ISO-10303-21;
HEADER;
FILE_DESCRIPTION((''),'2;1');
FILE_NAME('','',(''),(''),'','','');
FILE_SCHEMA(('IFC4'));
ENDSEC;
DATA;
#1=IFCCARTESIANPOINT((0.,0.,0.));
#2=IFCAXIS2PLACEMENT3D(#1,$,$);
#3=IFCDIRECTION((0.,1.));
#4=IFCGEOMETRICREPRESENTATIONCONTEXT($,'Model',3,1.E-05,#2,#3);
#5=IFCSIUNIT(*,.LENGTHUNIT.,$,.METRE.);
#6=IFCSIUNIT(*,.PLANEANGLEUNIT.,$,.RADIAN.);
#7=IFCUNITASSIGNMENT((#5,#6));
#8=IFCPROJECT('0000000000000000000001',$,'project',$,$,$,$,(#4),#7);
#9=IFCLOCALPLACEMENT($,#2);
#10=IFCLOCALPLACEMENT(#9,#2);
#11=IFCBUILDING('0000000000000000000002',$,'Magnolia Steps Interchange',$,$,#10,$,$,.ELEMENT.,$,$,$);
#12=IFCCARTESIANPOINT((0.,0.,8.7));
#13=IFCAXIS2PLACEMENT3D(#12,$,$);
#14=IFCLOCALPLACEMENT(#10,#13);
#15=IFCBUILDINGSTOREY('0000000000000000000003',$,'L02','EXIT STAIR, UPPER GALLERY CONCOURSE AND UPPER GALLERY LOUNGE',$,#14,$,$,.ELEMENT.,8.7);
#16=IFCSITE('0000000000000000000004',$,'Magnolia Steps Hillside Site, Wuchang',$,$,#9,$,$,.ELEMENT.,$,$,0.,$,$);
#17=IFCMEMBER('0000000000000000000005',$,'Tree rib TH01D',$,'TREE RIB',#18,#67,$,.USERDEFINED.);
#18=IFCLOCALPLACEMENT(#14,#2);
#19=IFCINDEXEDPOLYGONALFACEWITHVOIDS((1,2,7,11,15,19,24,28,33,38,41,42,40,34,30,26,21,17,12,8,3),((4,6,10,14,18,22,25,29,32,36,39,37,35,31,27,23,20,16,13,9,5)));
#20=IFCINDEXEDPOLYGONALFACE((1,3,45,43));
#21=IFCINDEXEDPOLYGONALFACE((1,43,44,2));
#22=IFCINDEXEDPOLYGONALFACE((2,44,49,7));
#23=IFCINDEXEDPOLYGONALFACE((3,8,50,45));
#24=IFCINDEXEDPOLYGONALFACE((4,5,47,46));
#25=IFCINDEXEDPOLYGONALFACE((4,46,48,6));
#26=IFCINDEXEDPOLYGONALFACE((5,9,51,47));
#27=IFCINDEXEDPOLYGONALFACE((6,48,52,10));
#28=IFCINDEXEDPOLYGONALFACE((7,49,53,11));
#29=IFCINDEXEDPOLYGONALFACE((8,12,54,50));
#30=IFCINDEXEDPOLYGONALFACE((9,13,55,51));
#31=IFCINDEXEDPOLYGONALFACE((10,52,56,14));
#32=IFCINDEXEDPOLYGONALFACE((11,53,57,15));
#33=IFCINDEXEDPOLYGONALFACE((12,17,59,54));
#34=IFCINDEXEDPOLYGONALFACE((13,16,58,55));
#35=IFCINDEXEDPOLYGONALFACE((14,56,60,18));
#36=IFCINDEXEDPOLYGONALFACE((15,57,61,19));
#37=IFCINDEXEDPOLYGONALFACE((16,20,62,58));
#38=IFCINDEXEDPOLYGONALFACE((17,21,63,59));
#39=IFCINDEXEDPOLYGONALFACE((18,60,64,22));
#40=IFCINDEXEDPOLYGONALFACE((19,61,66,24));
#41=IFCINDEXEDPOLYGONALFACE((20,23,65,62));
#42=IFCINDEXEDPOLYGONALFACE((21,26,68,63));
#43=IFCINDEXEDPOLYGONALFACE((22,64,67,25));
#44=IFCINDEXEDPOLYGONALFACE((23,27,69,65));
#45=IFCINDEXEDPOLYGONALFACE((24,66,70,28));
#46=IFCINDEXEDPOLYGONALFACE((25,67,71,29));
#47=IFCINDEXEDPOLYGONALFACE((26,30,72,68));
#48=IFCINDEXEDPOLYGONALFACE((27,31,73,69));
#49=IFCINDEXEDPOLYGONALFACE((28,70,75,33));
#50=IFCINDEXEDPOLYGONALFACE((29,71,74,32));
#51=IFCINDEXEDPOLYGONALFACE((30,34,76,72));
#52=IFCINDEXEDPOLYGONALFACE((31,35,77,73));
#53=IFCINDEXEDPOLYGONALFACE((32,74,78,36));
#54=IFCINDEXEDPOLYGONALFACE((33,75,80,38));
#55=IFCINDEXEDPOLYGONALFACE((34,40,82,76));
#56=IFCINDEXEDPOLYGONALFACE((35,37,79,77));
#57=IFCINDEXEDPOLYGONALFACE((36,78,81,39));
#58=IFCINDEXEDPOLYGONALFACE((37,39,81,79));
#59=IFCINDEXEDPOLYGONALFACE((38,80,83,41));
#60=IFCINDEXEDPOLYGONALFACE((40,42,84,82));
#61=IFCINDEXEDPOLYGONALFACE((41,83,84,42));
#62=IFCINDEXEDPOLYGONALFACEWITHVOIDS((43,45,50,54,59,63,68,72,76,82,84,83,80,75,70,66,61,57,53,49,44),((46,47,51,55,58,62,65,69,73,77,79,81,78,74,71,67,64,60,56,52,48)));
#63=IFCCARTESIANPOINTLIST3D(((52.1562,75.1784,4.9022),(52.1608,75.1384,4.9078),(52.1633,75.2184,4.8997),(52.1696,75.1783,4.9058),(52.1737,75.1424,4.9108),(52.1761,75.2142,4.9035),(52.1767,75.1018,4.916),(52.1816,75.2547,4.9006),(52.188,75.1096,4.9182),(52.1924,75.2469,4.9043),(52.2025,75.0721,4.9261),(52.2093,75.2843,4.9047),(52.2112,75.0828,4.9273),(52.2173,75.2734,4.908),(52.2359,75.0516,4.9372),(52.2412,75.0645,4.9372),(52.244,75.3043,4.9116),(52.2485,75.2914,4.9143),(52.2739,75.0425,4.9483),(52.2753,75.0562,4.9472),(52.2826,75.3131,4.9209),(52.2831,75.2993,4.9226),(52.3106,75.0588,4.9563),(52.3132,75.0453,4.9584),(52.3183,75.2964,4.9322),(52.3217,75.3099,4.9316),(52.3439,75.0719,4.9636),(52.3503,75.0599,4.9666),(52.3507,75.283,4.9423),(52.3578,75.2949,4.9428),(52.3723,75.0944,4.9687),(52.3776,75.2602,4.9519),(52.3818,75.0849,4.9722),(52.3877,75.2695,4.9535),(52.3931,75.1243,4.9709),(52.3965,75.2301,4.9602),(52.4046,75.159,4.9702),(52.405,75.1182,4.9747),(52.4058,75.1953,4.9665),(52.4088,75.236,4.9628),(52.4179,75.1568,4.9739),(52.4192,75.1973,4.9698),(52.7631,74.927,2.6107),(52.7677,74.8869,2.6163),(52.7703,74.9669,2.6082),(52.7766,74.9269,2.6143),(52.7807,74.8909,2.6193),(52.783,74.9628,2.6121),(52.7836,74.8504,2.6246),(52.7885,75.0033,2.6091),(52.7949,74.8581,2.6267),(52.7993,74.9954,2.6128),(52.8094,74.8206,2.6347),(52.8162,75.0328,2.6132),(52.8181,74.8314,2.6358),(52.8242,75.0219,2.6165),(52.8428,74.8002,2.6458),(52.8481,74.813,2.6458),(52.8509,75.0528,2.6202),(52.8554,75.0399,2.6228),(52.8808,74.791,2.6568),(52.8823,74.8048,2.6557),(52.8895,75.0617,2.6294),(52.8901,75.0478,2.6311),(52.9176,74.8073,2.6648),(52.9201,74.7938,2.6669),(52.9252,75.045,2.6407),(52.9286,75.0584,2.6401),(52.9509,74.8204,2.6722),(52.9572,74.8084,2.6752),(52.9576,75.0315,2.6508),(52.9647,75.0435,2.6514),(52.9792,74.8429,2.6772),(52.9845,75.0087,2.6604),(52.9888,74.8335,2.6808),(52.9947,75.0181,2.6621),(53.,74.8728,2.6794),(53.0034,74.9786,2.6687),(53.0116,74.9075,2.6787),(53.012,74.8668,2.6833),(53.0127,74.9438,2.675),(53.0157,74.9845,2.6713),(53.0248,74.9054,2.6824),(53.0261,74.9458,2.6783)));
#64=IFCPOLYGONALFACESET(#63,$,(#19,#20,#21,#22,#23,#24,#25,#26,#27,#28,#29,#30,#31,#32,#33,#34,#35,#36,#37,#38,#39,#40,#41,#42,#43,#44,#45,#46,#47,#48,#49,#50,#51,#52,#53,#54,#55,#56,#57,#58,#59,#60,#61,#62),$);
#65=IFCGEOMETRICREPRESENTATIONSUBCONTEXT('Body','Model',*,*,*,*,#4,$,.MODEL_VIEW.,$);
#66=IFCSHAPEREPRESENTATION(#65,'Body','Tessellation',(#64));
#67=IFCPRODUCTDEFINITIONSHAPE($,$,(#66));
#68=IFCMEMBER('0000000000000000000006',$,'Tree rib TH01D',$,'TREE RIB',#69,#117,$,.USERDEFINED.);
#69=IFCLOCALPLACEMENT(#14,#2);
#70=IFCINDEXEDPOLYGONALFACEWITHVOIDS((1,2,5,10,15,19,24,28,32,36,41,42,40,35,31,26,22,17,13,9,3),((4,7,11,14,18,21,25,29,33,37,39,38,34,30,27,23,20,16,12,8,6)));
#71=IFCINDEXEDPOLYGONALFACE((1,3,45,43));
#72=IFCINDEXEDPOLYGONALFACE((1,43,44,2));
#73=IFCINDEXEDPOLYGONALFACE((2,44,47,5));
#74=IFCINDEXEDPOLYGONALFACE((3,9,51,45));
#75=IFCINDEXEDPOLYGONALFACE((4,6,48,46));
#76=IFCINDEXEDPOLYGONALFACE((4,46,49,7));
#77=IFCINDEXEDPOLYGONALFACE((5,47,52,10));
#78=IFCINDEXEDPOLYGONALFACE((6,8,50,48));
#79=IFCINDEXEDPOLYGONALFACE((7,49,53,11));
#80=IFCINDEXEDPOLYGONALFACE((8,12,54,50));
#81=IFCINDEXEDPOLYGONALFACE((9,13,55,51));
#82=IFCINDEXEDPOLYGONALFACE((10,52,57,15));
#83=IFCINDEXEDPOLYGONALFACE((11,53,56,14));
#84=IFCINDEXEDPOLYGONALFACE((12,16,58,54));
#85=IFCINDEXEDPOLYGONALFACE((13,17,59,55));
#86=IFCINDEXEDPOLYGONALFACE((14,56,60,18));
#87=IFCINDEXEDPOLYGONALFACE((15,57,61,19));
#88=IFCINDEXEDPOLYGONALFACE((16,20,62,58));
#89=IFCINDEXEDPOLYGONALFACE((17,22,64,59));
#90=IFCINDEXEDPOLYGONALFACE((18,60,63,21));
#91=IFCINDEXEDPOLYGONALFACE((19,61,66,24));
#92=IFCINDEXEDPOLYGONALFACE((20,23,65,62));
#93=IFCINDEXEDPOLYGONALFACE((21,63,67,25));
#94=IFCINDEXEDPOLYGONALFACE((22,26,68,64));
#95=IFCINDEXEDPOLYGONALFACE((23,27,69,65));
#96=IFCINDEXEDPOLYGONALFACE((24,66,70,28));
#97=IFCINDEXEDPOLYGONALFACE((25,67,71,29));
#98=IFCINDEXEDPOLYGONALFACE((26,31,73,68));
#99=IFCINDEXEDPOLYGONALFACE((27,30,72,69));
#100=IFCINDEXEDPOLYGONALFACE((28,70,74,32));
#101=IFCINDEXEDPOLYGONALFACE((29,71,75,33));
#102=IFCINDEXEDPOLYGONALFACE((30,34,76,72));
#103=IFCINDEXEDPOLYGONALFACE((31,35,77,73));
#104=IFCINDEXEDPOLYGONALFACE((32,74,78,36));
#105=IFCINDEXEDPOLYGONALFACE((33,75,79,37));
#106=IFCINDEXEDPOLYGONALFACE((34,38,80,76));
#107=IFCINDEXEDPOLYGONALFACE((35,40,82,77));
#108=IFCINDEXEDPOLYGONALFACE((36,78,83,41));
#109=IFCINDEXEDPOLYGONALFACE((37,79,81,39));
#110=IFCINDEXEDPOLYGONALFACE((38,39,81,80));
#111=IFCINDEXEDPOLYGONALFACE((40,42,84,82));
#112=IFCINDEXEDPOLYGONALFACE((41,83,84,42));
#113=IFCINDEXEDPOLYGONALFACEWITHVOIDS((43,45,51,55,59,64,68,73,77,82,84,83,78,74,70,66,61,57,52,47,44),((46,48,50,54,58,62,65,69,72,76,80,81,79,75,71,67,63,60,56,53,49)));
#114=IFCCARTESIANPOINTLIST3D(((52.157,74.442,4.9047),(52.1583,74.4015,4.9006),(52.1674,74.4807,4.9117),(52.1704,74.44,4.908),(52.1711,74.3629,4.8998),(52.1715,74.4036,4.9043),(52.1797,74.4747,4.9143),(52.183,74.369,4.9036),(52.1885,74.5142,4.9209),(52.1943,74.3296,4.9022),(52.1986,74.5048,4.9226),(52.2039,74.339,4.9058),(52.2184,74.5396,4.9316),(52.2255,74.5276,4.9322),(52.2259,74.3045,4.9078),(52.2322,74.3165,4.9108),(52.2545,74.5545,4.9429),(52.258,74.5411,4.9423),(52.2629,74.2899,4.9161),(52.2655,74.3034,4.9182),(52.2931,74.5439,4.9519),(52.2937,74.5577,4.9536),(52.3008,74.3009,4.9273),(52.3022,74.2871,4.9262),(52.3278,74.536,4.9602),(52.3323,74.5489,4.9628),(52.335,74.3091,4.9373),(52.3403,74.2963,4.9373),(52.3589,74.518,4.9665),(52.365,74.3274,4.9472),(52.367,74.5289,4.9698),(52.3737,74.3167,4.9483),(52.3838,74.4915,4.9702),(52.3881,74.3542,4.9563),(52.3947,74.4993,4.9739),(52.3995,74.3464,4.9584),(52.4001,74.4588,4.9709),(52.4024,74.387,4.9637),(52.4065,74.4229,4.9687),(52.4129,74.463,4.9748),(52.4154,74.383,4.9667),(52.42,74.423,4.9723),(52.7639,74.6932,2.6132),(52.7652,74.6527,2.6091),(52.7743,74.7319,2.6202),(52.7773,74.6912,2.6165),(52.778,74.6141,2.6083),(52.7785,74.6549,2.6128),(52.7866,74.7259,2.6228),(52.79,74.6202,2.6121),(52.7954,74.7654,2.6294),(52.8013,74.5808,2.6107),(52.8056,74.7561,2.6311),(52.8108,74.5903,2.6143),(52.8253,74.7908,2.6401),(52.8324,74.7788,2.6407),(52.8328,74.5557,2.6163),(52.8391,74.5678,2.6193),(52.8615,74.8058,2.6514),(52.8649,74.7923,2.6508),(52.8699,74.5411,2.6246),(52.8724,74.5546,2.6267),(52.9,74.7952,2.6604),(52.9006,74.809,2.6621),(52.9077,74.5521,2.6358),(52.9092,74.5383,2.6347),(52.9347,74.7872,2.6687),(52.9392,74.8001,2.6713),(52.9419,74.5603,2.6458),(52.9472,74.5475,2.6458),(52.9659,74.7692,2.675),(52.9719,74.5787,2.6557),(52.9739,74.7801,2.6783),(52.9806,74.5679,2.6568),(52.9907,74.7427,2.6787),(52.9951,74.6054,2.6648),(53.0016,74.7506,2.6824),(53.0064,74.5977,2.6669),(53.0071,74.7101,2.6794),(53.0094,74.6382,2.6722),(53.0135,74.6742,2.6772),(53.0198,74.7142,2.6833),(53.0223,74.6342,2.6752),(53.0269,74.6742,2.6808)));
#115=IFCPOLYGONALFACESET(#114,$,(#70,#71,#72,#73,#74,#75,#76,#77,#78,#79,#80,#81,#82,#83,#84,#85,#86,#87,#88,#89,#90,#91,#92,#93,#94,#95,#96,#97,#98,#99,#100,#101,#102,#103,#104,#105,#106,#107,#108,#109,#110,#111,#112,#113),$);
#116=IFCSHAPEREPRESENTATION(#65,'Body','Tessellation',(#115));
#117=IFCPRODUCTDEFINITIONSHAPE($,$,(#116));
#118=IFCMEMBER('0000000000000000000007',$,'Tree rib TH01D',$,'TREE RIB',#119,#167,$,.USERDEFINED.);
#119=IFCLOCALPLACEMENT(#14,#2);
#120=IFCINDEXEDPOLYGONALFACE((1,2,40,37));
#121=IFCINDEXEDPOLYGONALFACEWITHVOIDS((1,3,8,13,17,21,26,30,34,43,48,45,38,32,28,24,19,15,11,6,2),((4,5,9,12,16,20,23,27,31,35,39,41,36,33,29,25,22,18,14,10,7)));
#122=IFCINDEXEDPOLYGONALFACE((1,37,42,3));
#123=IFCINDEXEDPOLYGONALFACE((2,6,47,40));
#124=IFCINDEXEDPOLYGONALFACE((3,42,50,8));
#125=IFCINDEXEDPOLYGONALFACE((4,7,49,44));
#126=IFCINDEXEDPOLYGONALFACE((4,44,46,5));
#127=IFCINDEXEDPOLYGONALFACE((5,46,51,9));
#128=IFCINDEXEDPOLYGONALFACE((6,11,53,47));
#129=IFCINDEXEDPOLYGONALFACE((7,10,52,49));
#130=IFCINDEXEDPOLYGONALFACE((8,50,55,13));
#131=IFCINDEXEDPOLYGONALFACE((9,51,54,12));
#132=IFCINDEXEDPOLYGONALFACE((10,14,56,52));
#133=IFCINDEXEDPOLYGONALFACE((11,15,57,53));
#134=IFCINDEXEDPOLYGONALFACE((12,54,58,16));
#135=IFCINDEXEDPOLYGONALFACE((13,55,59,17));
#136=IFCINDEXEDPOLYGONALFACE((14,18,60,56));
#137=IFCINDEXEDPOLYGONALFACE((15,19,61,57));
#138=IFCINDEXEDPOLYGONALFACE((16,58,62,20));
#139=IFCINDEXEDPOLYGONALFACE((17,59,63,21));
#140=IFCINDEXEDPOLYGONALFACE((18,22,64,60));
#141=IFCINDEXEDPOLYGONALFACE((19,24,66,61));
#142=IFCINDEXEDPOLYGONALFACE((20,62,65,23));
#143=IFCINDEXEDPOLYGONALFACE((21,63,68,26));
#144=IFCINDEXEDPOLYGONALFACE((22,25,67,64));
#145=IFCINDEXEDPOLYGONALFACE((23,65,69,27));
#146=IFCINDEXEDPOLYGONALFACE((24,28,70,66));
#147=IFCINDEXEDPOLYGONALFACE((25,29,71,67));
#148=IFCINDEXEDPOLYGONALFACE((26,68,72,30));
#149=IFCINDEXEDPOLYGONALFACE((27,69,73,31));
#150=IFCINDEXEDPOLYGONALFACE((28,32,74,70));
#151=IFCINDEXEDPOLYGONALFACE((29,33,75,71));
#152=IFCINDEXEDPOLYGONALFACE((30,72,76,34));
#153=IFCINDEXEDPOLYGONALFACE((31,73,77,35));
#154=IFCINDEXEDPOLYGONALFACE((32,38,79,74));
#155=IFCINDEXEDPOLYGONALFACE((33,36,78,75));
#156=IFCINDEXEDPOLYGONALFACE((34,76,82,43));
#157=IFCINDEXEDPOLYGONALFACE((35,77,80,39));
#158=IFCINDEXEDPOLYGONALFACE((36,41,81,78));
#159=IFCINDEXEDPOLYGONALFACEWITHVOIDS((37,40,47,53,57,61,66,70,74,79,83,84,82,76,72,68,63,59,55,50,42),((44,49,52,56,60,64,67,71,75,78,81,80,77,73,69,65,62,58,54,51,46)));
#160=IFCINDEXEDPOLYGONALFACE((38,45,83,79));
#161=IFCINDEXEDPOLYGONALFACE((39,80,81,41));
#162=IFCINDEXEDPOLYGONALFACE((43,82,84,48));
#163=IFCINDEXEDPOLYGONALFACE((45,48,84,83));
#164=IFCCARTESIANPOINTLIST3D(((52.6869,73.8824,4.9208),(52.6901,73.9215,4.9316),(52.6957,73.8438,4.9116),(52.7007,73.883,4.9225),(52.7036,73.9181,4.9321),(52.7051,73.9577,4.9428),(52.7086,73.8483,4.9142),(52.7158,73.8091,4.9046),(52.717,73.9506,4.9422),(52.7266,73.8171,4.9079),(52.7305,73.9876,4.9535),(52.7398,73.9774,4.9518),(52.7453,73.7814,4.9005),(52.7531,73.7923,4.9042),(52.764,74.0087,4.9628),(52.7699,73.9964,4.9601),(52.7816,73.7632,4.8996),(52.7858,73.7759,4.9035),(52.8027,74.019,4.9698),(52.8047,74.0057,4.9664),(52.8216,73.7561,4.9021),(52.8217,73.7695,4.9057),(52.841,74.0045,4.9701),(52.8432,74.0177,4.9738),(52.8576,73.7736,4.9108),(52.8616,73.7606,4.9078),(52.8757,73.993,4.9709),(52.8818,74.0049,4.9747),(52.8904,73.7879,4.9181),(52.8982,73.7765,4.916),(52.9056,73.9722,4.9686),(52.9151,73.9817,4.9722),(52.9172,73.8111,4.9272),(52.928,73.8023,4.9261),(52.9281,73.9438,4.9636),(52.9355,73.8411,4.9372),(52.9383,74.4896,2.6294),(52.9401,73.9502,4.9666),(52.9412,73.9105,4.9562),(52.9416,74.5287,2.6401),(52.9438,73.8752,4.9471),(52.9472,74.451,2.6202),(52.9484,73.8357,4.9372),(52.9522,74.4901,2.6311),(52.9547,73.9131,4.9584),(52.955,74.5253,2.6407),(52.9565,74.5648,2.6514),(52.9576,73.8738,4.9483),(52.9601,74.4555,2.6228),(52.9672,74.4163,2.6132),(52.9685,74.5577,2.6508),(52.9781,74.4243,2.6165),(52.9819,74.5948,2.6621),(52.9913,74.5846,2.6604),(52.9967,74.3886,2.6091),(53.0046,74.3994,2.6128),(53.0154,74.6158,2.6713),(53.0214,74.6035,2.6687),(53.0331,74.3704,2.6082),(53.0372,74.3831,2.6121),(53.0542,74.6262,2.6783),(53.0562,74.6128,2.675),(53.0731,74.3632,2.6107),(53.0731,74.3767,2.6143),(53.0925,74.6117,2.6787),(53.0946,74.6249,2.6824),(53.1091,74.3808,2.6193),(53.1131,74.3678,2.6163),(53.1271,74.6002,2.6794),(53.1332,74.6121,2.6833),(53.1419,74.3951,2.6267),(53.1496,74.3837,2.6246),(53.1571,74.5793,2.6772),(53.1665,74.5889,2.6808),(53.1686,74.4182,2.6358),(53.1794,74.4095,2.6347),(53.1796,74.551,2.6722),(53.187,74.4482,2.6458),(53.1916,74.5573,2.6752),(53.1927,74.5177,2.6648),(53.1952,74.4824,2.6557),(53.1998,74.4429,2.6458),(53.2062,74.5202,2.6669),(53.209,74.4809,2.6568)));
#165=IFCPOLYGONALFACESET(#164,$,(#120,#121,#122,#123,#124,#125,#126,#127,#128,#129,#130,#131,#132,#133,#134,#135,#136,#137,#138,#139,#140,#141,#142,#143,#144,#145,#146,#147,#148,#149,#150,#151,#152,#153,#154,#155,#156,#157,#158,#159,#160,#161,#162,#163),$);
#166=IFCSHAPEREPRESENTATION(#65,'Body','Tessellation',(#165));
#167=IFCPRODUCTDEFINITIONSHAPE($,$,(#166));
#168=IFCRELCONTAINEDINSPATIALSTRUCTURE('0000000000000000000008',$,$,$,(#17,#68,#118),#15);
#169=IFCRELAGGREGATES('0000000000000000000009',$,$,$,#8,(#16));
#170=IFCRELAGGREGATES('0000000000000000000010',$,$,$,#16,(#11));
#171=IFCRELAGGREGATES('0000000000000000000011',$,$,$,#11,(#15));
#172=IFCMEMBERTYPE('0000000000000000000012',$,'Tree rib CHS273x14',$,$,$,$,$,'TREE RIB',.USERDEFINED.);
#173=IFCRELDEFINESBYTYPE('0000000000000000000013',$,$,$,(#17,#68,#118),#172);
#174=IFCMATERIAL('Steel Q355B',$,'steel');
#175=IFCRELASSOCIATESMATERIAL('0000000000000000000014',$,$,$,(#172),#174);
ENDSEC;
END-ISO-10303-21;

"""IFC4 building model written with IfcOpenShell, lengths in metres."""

from ifc_helpers import new_model, si_unit, direction, frame, origin, origin_2d, place, context, subcontext, project, spatial, hollow_circle, extrude, material, material_profile, profile_set, type_object, element, save


model = new_model("IFC4")

# Units and contexts
model_context = context("Model", 3, precision=1e-05, world=origin(), true_north=direction((0.0, 1.0)))
body_context = subcontext(model_context, "Body", "Model", "MODEL_VIEW")
ifc_project = project(units=[si_unit("LENGTHUNIT", "METRE"), si_unit("PLANEANGLEUNIT", "RADIAN")], contexts=[model_context])

# Site, building, storey
site_placement = place(None, origin())
site = spatial("IfcSite", under=ifc_project, at=site_placement, Name="Magnolia Steps Hillside Site, Wuchang", CompositionType="ELEMENT", RefElevation=0.0)
building_placement = place(site_placement, origin())
building = spatial("IfcBuilding", under=site, at=building_placement, Name="Magnolia Steps Interchange", CompositionType="ELEMENT")
storey_placement = place(building_placement, frame((0.0, 0.0, 8.7)))
storey = spatial("IfcBuildingStorey", under=building, at=storey_placement, Name="L02", Description="EXIT STAIR, UPPER GALLERY CONCOURSE AND UPPER GALLERY LOUNGE", CompositionType="ELEMENT", Elevation=8.7)

# Members
ifc_material_1 = material(Name="Steel Q355B", Category="steel")
ifc_material_profile_1 = material_profile(ifc_material_1, hollow_circle(Radius=0.1365, WallThickness=0.0139, at=origin_2d()), Name="CHS273x14")
ifc_profile_set_1 = profile_set([ifc_material_profile_1], Name="Steel Q355B")
member_type_1 = type_object("IfcMemberType", Name="Tree rib CHS273x14", ElementType="TREE RIB", PredefinedType="USERDEFINED", material=ifc_profile_set_1)
for number, where, z_axis, x_axis, name in (
    (1, (52.895, 74.9263, 2.6458), (-0.254606, 0.105488, 0.961274), (-0.382768, -0.923845, 0.0), "Tree rib TH01D"),
    (2, (52.895, 74.6736, 2.6458), (-0.254608, -0.105387, 0.961285), (0.38245, -0.923976, 0.0), "Tree rib TH01D"),
    (3, (53.0737, 74.4951, 2.6458), (-0.105485, -0.254701, 0.961249), (0.923899, -0.382636, 0.0), "Tree rib TH01D"),
):
    element("IfcMember", number, at=place(storey_placement, frame(where, z_axis=z_axis, x_axis=x_axis)), inside=storey, type_object=member_type_1, Name=name, ObjectType="TREE RIB", PredefinedType="USERDEFINED", context=body_context, shape_type="SweptSolid", body=[
        extrude(hollow_circle(Radius=0.1365, WallThickness=0.0139, at=origin_2d()), origin(), (0.0, 0.0, 1.0), 2.3838),
    ])

save(model, "model.ifc")
